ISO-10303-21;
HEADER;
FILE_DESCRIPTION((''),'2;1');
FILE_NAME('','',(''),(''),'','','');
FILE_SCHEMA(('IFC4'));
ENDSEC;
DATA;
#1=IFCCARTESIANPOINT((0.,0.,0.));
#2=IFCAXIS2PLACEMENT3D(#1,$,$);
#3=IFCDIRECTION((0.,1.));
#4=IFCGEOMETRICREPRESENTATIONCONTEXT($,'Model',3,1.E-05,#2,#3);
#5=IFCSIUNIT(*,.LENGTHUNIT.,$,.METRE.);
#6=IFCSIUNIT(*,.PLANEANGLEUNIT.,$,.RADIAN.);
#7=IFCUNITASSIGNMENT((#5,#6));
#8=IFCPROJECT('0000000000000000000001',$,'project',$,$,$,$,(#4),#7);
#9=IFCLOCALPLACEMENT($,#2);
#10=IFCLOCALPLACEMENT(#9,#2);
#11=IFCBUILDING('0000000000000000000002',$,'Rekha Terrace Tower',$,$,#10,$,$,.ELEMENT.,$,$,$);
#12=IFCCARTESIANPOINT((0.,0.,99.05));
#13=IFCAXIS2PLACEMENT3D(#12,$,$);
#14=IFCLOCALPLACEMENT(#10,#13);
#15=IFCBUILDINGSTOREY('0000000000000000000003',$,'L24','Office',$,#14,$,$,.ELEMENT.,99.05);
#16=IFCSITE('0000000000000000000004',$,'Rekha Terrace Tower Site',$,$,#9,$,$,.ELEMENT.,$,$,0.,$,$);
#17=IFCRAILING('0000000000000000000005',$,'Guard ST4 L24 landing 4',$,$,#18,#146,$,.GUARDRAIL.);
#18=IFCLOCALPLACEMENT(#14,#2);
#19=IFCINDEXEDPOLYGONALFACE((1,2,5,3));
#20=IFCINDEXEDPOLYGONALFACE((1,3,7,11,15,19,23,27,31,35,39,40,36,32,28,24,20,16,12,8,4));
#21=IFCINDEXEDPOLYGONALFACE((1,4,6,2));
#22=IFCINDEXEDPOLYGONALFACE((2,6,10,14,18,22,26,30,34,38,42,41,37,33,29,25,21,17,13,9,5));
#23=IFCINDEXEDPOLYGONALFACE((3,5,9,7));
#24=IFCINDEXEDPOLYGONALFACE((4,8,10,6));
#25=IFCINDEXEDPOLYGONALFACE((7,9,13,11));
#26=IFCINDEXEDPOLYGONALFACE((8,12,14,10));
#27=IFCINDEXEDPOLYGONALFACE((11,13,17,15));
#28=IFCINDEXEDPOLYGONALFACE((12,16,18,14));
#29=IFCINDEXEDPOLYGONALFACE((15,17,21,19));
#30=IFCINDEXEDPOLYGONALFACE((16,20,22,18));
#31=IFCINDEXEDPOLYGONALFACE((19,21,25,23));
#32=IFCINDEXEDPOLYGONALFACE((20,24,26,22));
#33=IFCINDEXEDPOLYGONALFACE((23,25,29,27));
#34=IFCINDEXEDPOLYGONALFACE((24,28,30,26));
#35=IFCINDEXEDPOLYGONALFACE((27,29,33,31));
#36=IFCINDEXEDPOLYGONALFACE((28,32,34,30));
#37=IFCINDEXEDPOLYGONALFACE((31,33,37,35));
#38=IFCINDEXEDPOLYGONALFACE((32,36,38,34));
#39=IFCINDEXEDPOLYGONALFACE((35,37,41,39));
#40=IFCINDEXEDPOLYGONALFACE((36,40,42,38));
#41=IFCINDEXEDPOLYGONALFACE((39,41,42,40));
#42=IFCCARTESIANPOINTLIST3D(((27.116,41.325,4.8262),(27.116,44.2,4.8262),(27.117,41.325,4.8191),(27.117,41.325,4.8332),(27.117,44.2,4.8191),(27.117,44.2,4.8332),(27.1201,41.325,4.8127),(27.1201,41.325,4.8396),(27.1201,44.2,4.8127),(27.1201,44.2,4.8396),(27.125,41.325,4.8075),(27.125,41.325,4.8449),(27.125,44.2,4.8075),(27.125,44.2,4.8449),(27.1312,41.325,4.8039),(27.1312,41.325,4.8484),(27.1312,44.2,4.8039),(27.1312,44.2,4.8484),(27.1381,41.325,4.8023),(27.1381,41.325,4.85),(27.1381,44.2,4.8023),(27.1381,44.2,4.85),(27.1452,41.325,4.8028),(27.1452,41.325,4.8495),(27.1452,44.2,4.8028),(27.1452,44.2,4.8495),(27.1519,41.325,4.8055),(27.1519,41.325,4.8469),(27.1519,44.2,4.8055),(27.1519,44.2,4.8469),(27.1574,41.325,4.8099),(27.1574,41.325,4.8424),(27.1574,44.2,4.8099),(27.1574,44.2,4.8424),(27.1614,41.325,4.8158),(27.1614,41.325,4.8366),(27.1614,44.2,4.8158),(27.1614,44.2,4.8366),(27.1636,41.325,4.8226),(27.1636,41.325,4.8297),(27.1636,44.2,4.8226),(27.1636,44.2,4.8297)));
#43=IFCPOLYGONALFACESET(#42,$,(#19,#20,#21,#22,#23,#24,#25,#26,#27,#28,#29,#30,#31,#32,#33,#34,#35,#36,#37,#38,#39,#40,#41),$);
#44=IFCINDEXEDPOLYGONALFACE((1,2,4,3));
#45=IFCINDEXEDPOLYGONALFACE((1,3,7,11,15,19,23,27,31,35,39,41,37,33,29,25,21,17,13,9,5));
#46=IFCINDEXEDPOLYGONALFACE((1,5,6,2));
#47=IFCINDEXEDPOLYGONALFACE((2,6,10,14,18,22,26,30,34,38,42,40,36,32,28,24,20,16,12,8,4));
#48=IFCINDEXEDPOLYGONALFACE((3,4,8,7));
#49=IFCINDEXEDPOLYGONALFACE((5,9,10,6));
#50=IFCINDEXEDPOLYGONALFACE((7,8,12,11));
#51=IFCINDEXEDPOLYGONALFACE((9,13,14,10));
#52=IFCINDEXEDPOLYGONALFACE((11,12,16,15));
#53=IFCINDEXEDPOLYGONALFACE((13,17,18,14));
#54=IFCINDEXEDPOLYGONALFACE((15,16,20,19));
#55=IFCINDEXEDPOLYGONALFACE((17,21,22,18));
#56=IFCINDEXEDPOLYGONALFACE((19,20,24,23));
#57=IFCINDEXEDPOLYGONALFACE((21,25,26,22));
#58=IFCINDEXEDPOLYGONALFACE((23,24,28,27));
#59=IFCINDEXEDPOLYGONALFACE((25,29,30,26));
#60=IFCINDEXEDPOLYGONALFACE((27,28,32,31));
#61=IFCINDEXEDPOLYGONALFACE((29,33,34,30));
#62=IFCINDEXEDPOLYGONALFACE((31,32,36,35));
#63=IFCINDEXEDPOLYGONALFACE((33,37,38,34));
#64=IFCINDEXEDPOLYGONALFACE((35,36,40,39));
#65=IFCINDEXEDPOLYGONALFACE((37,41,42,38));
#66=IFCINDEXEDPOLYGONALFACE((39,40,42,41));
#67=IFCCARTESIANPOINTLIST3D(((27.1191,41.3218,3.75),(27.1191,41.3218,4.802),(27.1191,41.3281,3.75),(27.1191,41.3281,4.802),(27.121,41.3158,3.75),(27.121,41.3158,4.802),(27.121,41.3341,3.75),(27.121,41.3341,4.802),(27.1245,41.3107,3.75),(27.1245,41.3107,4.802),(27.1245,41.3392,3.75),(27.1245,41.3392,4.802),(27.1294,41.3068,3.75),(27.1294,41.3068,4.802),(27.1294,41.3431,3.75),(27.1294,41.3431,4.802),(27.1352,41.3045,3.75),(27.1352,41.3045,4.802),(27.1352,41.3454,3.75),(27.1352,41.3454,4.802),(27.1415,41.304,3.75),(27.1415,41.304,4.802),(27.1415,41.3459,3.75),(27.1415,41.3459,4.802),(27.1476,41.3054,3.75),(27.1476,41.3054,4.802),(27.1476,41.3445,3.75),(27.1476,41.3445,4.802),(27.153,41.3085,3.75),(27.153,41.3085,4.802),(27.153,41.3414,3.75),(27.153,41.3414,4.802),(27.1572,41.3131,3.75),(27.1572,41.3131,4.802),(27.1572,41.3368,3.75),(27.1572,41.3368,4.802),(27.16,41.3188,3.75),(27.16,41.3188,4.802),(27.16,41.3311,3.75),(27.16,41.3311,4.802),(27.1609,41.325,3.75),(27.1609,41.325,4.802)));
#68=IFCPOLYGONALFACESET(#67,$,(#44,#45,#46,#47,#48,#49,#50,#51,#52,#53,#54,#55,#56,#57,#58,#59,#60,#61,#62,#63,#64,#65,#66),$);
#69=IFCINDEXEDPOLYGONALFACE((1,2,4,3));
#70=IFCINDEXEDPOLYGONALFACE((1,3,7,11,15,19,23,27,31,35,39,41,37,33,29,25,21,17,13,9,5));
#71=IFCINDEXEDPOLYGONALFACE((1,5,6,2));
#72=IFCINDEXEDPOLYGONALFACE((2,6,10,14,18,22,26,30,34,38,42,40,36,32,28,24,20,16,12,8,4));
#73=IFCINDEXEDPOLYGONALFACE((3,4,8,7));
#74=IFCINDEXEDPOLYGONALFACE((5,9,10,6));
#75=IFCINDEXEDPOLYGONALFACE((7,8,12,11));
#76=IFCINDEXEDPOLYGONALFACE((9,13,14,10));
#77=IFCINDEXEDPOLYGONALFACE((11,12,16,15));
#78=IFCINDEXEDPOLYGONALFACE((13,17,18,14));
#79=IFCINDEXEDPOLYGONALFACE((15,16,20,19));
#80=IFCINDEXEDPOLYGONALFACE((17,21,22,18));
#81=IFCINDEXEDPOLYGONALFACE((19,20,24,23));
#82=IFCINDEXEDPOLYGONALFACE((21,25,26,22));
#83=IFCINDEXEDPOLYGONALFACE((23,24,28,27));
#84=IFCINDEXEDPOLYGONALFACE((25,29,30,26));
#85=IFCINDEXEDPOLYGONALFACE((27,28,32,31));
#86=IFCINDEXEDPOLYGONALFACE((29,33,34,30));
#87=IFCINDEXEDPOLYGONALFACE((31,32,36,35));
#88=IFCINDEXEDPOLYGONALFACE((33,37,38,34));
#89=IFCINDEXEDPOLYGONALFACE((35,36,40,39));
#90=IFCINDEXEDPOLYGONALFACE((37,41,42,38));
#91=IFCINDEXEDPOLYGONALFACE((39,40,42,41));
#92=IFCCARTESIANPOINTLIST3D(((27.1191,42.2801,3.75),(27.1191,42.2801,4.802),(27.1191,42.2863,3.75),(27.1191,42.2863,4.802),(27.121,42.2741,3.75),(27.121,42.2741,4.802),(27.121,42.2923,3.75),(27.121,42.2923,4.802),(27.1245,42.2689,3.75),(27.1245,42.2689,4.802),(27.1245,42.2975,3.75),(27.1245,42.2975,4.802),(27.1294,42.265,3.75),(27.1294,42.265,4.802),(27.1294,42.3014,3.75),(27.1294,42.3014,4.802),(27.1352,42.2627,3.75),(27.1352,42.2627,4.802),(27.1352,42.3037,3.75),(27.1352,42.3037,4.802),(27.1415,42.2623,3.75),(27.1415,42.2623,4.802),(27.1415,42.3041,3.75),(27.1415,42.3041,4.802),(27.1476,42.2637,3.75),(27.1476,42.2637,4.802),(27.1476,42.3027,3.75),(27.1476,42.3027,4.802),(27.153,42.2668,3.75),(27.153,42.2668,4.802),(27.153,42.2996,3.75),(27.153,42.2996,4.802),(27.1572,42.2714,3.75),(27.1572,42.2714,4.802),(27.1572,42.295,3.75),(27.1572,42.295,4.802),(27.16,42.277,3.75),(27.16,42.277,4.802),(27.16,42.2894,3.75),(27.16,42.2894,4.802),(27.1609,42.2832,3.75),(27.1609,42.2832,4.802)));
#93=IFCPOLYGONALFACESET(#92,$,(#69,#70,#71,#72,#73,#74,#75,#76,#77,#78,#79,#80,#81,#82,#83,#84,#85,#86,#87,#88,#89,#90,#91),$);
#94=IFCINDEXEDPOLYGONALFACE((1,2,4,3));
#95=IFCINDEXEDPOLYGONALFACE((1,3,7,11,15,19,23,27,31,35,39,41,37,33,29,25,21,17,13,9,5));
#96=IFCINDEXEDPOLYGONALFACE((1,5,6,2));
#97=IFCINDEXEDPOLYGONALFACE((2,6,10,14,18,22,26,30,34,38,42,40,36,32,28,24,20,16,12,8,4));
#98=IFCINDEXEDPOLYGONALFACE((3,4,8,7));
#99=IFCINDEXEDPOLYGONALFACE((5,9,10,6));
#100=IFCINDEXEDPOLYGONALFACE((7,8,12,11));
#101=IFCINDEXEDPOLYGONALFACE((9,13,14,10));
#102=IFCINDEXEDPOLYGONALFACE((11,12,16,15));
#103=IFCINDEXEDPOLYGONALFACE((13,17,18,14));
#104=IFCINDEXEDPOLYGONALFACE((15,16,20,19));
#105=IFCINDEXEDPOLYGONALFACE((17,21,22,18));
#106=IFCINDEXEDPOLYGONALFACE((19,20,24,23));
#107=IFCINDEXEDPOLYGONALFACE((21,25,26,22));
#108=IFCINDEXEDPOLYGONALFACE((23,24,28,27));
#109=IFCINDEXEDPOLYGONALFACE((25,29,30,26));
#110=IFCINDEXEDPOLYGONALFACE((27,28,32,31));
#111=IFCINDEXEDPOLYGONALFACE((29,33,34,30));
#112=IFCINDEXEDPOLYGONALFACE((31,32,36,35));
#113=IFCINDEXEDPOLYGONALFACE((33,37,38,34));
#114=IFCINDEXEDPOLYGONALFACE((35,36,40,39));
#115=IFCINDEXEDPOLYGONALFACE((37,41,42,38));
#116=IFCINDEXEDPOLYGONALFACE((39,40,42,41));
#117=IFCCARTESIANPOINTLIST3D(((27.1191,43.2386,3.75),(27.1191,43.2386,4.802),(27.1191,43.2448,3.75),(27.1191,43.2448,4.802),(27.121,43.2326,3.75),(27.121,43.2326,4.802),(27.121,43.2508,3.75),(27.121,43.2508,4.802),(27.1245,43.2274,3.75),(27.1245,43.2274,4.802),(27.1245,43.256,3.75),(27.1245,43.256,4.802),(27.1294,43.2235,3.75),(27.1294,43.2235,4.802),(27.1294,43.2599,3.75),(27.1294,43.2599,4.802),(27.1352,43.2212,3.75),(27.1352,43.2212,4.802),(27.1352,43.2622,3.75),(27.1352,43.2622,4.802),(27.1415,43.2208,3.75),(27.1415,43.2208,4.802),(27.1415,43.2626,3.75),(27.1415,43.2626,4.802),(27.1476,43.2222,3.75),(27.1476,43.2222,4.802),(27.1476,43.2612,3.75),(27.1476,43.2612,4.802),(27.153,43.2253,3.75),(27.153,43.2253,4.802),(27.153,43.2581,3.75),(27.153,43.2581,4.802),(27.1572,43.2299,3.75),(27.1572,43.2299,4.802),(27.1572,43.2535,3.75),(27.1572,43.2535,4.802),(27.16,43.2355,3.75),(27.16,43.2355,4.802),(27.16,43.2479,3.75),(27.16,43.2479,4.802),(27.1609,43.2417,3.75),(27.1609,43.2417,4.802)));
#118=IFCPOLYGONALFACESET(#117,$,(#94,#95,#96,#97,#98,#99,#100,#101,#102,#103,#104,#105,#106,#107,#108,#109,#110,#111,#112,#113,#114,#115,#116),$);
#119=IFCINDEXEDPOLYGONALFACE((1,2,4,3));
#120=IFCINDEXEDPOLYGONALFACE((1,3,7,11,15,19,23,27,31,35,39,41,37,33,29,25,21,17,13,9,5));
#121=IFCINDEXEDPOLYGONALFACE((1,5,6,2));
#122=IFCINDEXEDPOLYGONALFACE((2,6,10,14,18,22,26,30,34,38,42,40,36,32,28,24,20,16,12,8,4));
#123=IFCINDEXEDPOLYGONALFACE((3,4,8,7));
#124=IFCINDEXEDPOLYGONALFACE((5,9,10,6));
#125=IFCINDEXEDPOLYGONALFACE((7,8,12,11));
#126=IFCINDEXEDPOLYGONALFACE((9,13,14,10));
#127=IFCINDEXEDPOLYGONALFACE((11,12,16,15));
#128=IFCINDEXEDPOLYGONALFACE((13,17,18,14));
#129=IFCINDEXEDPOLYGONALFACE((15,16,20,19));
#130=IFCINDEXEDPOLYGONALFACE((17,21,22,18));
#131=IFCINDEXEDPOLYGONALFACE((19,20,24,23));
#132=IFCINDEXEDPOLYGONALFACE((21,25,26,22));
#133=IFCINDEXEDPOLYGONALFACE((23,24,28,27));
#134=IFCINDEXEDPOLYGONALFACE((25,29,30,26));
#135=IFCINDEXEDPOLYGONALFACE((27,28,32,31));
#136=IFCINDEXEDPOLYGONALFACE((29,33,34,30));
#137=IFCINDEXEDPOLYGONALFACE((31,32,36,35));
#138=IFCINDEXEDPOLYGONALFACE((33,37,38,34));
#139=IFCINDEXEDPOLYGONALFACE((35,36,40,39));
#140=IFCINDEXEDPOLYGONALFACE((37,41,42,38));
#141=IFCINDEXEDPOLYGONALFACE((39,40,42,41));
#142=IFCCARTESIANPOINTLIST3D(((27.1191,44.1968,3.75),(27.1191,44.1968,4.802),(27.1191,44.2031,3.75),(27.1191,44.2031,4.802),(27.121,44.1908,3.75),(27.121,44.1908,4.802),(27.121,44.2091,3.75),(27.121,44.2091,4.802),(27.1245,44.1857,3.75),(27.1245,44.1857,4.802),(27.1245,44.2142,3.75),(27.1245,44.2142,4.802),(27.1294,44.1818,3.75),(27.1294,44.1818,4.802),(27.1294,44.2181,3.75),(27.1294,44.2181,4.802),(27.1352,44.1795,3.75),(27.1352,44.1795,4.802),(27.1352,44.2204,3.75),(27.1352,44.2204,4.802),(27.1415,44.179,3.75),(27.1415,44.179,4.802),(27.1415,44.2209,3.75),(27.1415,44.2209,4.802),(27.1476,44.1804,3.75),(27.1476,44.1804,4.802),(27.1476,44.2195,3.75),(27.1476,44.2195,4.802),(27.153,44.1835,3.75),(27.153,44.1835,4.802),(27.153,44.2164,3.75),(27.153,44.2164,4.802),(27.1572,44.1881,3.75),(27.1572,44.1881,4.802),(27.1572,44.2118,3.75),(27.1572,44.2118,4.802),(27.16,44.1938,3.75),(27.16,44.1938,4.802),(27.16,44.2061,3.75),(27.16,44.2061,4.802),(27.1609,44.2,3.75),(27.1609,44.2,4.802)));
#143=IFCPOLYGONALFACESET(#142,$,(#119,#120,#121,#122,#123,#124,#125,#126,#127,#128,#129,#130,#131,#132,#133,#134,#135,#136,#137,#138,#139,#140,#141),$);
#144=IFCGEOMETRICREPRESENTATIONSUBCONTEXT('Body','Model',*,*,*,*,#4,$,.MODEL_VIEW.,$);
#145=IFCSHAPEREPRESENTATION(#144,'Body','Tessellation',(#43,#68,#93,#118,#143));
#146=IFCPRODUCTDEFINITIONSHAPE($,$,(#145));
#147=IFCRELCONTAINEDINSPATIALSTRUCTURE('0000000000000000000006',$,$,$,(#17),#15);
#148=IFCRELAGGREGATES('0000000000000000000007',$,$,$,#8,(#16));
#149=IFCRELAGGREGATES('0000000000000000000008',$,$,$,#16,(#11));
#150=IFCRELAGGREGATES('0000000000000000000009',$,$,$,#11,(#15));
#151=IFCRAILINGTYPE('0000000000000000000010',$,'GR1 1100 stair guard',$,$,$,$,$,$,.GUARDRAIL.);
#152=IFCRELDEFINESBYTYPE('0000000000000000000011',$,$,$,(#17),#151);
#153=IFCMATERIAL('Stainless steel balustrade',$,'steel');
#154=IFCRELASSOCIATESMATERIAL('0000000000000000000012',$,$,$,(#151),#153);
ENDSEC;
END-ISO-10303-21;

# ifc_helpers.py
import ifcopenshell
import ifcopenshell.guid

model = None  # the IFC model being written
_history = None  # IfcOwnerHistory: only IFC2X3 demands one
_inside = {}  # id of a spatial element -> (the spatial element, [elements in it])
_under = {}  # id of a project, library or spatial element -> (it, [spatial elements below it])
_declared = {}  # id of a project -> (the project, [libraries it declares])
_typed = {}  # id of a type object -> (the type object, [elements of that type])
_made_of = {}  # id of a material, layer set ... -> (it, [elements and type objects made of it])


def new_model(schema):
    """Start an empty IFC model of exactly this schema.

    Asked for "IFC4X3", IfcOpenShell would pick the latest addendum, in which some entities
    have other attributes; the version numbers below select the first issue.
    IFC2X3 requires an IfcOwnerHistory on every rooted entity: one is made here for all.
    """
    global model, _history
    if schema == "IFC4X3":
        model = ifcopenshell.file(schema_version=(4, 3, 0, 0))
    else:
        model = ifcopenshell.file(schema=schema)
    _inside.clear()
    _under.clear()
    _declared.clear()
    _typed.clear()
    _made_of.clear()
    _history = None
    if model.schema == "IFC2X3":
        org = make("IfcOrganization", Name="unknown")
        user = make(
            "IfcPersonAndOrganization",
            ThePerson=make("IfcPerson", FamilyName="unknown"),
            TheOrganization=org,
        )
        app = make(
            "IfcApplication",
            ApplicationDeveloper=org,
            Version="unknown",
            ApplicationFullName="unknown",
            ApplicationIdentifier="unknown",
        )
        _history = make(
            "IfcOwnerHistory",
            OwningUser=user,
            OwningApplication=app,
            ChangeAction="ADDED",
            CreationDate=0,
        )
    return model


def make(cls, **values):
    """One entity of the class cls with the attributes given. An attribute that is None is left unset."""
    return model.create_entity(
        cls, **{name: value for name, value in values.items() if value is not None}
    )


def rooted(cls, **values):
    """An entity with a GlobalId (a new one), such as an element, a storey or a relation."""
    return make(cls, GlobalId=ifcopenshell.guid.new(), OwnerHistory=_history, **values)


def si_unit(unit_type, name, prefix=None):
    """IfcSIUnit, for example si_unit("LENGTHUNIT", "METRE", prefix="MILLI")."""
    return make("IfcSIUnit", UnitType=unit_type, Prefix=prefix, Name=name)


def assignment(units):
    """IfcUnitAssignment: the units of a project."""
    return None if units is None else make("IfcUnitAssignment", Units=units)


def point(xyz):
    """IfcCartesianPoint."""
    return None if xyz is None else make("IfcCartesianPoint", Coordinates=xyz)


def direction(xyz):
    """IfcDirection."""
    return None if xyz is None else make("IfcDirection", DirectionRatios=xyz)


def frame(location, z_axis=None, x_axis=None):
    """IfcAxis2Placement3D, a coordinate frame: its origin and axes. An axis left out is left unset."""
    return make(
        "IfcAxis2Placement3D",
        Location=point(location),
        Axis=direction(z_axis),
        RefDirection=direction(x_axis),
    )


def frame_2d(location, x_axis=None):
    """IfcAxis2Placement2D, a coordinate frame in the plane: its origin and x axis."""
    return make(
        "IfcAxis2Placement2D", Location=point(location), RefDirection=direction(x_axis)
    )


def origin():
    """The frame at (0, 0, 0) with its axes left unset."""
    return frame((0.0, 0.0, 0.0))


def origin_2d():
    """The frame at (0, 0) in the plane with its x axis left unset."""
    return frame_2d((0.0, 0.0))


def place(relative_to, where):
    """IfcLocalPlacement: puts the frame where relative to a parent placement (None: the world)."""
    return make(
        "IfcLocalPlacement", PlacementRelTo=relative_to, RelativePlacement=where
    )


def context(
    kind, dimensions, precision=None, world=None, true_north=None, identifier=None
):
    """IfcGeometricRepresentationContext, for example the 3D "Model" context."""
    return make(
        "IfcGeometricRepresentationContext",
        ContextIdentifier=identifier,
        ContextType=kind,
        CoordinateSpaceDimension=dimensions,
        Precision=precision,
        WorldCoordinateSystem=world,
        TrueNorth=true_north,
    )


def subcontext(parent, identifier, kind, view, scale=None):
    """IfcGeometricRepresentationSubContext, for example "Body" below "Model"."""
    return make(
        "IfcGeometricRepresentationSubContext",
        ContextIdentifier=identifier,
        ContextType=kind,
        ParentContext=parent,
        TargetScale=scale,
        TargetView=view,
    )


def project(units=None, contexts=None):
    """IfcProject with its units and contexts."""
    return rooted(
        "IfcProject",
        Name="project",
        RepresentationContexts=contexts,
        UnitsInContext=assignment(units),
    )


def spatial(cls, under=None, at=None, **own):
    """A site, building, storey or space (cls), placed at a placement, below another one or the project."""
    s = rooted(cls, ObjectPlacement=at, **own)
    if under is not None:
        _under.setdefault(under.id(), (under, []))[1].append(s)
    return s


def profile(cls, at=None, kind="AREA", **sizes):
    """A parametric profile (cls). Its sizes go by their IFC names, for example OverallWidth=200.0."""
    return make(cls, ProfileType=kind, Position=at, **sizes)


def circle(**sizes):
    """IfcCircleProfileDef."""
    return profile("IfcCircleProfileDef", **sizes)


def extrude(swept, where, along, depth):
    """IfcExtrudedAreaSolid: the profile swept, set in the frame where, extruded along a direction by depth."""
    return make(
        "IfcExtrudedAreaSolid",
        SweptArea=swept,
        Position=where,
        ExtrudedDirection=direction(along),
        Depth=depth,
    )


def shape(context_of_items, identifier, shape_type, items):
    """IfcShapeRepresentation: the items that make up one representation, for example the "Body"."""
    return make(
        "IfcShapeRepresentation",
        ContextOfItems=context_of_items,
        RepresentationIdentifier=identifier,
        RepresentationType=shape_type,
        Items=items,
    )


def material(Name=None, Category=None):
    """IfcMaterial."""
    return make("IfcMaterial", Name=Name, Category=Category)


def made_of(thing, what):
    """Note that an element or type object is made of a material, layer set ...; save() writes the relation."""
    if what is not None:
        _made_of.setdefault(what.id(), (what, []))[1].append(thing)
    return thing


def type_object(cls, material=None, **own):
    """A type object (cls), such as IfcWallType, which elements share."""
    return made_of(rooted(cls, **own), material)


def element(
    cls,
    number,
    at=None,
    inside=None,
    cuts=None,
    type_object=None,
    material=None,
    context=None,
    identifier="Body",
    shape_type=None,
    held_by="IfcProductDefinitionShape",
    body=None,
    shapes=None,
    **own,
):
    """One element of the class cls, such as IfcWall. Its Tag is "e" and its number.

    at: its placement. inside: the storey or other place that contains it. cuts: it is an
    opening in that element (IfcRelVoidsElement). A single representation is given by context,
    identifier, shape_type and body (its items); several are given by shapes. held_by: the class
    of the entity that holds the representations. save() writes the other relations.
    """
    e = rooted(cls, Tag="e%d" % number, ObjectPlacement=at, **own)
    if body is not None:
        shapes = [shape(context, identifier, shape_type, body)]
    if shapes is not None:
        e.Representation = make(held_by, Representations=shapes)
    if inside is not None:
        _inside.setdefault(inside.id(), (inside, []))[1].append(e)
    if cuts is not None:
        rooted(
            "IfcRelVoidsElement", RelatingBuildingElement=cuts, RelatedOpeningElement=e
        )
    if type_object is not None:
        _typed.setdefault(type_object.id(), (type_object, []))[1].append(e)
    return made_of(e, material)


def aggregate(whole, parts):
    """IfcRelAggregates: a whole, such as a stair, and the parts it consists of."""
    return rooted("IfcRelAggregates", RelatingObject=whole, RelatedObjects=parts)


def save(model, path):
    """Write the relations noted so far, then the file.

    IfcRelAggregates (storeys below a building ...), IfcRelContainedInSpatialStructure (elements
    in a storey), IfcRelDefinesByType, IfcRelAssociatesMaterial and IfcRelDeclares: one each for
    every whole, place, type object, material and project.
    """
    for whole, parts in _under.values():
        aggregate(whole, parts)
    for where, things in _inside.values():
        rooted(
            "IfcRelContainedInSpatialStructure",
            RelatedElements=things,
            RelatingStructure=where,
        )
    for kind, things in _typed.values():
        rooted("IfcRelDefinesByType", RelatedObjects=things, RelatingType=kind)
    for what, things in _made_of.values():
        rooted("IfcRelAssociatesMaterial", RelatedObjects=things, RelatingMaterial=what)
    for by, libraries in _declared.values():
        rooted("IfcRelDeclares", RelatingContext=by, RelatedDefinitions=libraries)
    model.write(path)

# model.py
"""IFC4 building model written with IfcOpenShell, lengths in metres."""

from ifc_helpers import new_model, si_unit, direction, frame, origin, origin_2d, place, context, subcontext, project, spatial, circle, extrude, material, type_object, element, save


model = new_model("IFC4")

# Units and contexts
model_context = context("Model", 3, precision=1e-05, world=origin(), true_north=direction((0.0, 1.0)))
body_context = subcontext(model_context, "Body", "Model", "MODEL_VIEW")
ifc_project = project(units=[si_unit("LENGTHUNIT", "METRE"), si_unit("PLANEANGLEUNIT", "RADIAN")], contexts=[model_context])

# Site, building, storey
site_placement = place(None, origin())
site = spatial("IfcSite", under=ifc_project, at=site_placement, Name="Rekha Terrace Tower Site", CompositionType="ELEMENT", RefElevation=0.0)
building_placement = place(site_placement, origin())
building = spatial("IfcBuilding", under=site, at=building_placement, Name="Rekha Terrace Tower", CompositionType="ELEMENT")
storey_placement = place(building_placement, frame((0.0, 0.0, 99.05)))
storey = spatial("IfcBuildingStorey", under=building, at=storey_placement, Name="L24", Description="Office", CompositionType="ELEMENT", Elevation=99.05)

# Railing
ifc_material_1 = material(Name="Stainless steel balustrade", Category="steel")
railing_type_1 = type_object("IfcRailingType", Name="GR1 1100 stair guard", PredefinedType="GUARDRAIL", material=ifc_material_1)
railing_1_placement = place(storey_placement, frame((27.1399, 41.325, 3.75)))
element("IfcRailing", 1, at=railing_1_placement, inside=storey, type_object=railing_type_1, Name="Guard ST4 L24 landing 4", PredefinedType="GUARDRAIL", context=body_context, shape_type="SweptSolid", body=[
    extrude(circle(Radius=0.0239, at=origin_2d()), frame((0.0, 0.0, 1.0762), z_axis=(0.0, 1.0, 0.0), x_axis=(-1.0, 0.0, 0.0)), (0.0, 0.0, 1.0), 2.875),
    extrude(circle(Radius=0.021, at=origin_2d()), origin(), (0.0, 0.0, 1.0), 1.052),
    extrude(circle(Radius=0.021, at=origin_2d()), frame((0.0, 0.9583, 0.0)), (0.0, 0.0, 1.0), 1.052),
    extrude(circle(Radius=0.021, at=origin_2d()), frame((0.0, 1.9167, 0.0)), (0.0, 0.0, 1.0), 1.052),
    extrude(circle(Radius=0.021, at=origin_2d()), frame((0.0, 2.875, 0.0)), (0.0, 0.0, 1.0), 1.052),
])

save(model, "model.ifc")
